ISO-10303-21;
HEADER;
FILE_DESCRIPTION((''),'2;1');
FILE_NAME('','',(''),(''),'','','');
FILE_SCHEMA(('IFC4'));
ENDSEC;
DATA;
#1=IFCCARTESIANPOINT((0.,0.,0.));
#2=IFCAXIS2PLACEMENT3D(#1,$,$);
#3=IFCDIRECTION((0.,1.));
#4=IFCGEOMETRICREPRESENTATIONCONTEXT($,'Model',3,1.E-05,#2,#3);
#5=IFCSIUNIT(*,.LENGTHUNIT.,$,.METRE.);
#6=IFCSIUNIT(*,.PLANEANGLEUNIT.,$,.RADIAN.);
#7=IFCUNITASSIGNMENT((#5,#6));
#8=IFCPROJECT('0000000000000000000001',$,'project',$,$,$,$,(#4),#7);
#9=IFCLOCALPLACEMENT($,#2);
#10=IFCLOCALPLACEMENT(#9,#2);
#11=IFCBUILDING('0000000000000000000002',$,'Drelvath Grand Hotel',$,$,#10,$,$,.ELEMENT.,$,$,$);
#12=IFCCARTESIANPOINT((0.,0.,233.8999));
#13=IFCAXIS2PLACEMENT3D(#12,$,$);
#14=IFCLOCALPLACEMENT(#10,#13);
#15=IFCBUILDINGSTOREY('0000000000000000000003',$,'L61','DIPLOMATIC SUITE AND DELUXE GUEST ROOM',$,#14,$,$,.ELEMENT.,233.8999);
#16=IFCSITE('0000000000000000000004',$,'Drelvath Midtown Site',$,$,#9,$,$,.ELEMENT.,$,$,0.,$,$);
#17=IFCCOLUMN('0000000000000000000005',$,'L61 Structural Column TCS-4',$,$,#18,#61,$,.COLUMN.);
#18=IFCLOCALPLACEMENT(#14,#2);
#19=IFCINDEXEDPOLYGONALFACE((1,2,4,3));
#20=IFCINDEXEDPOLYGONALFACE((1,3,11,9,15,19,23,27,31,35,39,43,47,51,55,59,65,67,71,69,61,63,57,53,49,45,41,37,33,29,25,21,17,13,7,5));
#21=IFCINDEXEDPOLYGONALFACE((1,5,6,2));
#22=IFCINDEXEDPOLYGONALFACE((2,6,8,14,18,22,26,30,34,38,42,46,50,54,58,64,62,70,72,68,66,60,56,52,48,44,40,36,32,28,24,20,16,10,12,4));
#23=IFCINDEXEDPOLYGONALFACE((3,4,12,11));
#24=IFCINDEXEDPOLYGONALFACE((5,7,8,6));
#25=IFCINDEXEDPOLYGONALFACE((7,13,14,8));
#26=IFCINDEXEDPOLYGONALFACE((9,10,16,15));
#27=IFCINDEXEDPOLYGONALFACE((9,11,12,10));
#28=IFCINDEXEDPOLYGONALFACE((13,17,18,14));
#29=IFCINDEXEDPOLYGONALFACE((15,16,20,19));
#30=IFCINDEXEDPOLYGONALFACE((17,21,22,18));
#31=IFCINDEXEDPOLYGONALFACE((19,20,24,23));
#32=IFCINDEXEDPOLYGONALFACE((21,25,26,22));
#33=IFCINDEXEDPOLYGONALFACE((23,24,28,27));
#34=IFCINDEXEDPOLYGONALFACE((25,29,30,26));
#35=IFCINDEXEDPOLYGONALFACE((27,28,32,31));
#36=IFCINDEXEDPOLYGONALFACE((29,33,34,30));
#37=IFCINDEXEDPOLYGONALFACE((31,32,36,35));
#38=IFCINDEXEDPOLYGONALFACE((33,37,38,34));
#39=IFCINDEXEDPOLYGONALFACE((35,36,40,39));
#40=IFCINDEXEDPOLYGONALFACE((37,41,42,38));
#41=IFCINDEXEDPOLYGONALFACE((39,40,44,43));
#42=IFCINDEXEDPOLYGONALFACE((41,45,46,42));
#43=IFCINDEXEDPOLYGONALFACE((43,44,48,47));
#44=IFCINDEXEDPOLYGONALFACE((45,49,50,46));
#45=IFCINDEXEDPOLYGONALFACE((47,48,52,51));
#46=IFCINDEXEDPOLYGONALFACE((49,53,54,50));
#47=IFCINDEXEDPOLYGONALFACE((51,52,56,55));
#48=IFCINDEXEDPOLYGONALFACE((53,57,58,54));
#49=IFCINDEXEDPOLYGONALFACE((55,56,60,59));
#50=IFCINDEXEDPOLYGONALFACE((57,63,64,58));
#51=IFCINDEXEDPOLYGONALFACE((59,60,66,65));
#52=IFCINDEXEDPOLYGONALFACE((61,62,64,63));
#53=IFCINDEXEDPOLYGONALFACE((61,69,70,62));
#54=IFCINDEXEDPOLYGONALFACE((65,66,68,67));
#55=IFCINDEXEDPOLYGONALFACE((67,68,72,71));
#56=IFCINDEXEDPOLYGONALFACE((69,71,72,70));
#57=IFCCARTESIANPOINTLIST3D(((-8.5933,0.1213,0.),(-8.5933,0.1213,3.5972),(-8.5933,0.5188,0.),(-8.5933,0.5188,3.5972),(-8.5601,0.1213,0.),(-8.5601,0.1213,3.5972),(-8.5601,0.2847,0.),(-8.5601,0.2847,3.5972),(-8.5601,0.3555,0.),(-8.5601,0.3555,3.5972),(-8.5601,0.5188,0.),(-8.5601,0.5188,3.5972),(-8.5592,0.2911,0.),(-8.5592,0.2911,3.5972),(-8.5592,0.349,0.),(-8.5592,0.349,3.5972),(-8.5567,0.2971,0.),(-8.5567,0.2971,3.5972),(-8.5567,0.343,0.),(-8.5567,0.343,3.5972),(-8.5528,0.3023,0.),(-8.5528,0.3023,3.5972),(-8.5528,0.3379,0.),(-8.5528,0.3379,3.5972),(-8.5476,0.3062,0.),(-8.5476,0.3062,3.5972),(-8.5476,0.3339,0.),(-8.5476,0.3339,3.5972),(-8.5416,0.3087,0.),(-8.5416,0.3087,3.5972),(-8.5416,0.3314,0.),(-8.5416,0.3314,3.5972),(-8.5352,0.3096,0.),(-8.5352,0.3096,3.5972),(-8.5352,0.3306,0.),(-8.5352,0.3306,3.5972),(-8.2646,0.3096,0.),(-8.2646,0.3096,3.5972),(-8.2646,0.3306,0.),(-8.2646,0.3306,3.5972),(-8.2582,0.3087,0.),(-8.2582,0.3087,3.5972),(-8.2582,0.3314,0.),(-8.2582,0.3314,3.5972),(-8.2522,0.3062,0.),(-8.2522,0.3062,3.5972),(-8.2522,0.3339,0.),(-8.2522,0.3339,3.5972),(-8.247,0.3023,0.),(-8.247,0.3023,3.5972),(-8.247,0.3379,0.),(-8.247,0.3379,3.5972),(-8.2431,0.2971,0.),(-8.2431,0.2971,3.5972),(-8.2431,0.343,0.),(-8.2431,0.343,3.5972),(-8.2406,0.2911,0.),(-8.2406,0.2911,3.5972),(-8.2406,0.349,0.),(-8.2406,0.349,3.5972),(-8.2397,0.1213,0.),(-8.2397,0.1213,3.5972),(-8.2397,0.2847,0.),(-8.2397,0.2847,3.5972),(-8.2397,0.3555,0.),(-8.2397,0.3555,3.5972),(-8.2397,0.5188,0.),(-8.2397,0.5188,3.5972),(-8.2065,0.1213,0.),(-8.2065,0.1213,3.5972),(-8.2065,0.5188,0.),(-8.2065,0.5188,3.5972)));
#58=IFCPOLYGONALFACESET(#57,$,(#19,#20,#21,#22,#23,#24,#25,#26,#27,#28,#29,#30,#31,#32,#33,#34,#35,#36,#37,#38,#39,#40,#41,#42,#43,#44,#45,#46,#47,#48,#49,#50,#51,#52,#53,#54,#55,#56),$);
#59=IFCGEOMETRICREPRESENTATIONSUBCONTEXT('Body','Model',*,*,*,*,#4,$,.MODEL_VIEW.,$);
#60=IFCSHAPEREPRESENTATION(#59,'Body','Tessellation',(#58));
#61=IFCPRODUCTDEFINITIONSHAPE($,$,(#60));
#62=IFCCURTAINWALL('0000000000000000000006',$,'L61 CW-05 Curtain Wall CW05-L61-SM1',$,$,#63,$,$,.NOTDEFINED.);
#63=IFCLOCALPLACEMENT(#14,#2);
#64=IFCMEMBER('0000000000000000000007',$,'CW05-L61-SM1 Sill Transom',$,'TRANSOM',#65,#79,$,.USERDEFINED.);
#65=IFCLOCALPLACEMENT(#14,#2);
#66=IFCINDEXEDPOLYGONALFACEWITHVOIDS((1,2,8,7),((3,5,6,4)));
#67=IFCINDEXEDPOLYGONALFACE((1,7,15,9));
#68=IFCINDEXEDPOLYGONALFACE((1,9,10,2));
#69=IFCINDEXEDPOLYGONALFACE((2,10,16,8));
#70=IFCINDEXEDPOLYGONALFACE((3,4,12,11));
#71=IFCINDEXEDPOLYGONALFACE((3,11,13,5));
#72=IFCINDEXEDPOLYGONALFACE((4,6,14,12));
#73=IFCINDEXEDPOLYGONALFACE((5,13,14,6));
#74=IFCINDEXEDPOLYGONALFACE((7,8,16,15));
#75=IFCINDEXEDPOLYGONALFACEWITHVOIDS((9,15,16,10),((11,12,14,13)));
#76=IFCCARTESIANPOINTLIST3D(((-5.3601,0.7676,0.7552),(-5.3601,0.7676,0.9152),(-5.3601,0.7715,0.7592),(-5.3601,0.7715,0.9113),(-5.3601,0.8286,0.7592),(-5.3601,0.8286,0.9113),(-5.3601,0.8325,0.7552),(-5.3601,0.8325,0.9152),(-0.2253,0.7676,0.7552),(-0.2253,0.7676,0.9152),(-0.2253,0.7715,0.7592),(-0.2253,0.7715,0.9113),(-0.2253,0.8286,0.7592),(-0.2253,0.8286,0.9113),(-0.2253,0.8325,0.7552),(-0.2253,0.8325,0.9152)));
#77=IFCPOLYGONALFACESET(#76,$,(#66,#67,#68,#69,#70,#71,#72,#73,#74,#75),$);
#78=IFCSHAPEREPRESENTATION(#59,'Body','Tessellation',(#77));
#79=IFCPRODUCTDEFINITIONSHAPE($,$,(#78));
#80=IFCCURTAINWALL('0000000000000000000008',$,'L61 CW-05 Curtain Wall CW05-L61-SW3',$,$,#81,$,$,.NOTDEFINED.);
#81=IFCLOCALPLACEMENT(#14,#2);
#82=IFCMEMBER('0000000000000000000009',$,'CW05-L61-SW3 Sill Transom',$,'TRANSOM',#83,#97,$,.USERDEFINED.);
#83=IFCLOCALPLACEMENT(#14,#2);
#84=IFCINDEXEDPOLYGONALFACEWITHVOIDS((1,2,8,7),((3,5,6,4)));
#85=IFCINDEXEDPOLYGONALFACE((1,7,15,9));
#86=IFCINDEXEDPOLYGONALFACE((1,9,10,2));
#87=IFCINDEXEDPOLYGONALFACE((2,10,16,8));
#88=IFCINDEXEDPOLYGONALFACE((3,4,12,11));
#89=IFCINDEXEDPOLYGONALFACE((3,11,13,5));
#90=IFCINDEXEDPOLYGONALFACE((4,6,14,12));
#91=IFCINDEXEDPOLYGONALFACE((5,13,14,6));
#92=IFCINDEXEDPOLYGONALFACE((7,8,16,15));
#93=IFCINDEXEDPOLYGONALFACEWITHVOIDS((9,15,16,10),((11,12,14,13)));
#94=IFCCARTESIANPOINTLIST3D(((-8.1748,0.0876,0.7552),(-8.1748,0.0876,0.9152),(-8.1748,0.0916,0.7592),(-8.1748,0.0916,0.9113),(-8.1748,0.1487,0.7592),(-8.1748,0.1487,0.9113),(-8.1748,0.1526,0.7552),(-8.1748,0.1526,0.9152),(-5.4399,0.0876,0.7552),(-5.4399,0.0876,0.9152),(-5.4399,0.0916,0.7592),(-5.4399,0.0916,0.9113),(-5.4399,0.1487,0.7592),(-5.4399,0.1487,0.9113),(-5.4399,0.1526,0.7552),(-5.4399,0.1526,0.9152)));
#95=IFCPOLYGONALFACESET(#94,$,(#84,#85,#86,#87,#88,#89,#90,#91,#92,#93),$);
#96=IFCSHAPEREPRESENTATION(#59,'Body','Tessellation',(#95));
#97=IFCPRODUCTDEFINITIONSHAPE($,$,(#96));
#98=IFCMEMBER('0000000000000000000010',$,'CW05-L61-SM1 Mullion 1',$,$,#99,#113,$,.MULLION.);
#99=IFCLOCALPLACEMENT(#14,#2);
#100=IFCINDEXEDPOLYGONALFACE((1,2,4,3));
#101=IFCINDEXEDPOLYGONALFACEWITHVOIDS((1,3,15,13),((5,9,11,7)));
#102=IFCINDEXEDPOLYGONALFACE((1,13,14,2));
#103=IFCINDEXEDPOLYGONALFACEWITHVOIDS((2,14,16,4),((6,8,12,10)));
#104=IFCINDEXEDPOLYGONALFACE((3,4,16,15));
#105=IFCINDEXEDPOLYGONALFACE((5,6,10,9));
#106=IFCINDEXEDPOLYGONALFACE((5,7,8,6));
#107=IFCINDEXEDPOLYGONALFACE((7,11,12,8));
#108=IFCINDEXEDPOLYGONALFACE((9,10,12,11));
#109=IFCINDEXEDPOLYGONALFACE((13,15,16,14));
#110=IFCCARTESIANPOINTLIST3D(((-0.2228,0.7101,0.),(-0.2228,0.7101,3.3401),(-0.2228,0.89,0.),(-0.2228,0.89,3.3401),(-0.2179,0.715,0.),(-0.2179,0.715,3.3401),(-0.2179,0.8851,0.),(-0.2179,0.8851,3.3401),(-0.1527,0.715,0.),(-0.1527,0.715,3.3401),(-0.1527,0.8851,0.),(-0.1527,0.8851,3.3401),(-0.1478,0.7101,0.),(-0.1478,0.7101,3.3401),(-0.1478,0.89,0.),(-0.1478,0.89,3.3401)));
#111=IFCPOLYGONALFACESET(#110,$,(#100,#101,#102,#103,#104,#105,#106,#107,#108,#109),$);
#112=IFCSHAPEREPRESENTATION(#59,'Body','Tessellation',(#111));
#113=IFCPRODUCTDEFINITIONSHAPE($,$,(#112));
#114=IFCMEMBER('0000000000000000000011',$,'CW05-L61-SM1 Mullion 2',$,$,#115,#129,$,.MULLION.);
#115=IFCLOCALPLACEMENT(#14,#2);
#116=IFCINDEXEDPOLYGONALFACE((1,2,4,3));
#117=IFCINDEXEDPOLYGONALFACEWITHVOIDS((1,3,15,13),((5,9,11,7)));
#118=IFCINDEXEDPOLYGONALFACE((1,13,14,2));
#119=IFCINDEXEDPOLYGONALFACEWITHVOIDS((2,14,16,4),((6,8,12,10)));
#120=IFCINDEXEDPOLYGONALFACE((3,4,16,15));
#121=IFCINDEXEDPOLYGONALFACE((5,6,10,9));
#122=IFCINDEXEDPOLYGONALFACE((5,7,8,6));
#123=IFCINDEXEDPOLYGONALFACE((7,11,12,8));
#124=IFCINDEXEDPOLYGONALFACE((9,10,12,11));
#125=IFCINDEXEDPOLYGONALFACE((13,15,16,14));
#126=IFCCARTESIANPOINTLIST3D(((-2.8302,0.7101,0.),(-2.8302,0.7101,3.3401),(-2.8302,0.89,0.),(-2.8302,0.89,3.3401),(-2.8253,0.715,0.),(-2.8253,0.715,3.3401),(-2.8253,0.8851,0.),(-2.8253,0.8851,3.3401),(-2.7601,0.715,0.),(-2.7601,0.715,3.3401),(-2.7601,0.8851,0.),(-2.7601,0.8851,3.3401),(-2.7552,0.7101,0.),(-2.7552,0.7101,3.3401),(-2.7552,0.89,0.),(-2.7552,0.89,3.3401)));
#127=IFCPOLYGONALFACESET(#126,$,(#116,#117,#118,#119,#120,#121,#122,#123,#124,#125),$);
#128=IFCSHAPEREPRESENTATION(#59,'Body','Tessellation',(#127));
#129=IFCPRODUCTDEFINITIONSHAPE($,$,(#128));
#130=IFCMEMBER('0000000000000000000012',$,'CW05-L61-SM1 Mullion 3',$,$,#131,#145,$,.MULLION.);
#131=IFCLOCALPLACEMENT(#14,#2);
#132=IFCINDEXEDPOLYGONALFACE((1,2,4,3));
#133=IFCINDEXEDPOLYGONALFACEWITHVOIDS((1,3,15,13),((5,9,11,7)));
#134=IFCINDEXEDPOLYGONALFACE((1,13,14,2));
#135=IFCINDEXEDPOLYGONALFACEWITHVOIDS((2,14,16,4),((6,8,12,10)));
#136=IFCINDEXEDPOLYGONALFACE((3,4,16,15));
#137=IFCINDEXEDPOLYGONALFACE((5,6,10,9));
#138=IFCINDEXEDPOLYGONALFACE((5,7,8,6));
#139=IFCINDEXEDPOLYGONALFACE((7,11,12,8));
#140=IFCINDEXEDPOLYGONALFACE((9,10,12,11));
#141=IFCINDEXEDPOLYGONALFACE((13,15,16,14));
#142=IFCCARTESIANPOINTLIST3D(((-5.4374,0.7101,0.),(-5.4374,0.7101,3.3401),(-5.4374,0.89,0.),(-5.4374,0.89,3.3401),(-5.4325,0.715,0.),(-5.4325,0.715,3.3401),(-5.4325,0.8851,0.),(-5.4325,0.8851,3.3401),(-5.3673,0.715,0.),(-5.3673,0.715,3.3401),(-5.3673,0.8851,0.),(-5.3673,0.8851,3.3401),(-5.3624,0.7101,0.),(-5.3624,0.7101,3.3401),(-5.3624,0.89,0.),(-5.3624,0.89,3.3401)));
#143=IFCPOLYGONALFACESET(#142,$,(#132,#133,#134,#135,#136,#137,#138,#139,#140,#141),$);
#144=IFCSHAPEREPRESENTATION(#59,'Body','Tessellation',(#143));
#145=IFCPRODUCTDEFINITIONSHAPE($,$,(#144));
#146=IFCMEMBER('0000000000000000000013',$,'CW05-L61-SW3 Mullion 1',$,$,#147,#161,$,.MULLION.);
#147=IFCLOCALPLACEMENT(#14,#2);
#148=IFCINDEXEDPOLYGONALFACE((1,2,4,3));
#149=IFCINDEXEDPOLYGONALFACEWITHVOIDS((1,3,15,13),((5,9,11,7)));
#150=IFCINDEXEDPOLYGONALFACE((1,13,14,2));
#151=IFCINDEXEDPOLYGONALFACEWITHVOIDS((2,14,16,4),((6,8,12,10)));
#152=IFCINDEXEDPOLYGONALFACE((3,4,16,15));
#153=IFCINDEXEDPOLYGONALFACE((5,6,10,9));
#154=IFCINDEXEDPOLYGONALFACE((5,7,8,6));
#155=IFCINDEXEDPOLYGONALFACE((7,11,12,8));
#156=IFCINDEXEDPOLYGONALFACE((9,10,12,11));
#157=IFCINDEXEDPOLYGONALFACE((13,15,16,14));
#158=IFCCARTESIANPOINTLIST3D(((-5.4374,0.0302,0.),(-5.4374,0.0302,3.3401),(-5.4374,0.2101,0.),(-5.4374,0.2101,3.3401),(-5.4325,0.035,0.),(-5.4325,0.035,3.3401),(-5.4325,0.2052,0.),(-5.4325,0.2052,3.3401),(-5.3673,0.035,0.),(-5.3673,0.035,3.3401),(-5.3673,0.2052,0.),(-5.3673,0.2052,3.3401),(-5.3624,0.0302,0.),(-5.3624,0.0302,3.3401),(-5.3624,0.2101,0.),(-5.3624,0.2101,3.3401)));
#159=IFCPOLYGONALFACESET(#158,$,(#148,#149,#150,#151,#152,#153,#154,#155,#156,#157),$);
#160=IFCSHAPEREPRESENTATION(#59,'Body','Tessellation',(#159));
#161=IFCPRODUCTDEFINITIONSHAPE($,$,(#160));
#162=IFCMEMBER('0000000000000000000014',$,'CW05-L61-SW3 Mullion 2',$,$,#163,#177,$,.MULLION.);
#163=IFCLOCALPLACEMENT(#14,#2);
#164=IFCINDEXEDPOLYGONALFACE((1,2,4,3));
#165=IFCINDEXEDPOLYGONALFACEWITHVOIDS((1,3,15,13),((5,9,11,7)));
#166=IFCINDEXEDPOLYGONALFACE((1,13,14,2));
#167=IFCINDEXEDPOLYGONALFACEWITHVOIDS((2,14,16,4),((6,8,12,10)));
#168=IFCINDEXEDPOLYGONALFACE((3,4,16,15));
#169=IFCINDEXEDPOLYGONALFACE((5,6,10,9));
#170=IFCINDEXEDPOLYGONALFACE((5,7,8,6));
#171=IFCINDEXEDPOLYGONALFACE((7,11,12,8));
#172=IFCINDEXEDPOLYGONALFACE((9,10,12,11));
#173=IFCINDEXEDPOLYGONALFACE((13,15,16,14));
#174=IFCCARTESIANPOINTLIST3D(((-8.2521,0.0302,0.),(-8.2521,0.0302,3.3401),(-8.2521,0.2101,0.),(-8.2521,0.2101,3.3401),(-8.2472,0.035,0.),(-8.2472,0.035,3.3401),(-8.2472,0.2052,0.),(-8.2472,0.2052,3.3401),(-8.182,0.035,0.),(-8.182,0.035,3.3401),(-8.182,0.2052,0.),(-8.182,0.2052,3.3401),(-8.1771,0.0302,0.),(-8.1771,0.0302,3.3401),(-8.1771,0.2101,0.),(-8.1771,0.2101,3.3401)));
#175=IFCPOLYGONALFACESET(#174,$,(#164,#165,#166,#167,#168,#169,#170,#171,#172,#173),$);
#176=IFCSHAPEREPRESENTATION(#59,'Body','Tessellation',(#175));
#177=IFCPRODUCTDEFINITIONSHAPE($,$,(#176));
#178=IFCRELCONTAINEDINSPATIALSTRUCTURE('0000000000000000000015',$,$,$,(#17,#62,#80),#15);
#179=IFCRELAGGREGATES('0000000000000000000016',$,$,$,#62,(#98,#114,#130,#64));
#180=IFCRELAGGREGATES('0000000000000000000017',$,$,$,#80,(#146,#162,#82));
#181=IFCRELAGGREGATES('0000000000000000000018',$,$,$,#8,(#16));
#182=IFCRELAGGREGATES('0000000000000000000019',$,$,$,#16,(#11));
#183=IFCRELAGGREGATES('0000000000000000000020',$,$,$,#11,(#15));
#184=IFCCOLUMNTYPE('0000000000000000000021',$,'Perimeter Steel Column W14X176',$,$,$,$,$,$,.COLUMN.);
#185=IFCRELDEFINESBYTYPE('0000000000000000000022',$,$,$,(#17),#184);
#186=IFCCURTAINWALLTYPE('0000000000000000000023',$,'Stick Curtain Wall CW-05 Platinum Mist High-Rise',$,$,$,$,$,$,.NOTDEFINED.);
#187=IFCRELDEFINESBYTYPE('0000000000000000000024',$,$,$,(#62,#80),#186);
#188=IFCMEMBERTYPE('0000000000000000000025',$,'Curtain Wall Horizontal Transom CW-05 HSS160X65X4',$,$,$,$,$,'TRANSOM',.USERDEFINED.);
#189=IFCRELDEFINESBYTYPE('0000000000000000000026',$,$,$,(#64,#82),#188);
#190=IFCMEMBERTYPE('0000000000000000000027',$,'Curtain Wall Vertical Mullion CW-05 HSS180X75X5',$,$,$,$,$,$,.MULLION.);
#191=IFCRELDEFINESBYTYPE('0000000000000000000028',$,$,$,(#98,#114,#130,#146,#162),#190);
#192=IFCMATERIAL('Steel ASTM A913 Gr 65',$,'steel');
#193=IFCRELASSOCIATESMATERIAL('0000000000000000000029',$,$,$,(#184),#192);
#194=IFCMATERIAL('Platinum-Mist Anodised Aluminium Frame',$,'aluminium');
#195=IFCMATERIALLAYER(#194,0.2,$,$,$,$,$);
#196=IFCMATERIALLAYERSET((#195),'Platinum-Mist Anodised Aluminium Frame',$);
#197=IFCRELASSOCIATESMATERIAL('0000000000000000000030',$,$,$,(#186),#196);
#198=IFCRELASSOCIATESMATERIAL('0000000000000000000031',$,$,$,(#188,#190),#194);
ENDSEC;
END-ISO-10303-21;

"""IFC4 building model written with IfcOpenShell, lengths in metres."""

from ifc_helpers import new_model, si_unit, direction, frame, origin, origin_2d, place, context, subcontext, project, spatial, hollow_rectangle, i_section, extrude, material, layer, layer_set, material_profile, profile_set, type_object, element, aggregate, save


model = new_model("IFC4")

# Units and contexts
model_context = context("Model", 3, precision=1e-05, world=origin(), true_north=direction((0.0, 1.0)))
body_context = subcontext(model_context, "Body", "Model", "MODEL_VIEW")
ifc_project = project(units=[si_unit("LENGTHUNIT", "METRE"), si_unit("PLANEANGLEUNIT", "RADIAN")], contexts=[model_context])

# Site, building, storey
site_placement = place(None, origin())
site = spatial("IfcSite", under=ifc_project, at=site_placement, Name="Drelvath Midtown Site", CompositionType="ELEMENT", RefElevation=0.0)
building_placement = place(site_placement, origin())
building = spatial("IfcBuilding", under=site, at=building_placement, Name="Drelvath Grand Hotel", CompositionType="ELEMENT")
storey_placement = place(building_placement, frame((0.0, 0.0, 233.8999)))
storey = spatial("IfcBuildingStorey", under=building, at=storey_placement, Name="L61", Description="DIPLOMATIC SUITE AND DELUXE GUEST ROOM", CompositionType="ELEMENT", Elevation=233.8999)

# Column
ifc_material_1 = material(Name="Steel ASTM A913 Gr 65", Category="steel")
ifc_material_profile_1 = material_profile(ifc_material_1, i_section(OverallWidth=0.3975, OverallDepth=0.3867, WebThickness=0.021, FlangeThickness=0.0332, FilletRadius=0.0249, at=origin_2d()), Name="W14X176")
ifc_profile_set_1 = profile_set([ifc_material_profile_1], Name="Steel ASTM A913 Gr 65")
column_type = type_object("IfcColumnType", Name="Perimeter Steel Column W14X176", PredefinedType="COLUMN", material=ifc_profile_set_1)
column_placement = place(storey_placement, frame((-8.3999, 0.3201, 0.0), z_axis=(0.0, 0.0, 1.0), x_axis=(0.0, 1.0, 0.0)))
element("IfcColumn", 1, at=column_placement, inside=storey, type_object=column_type, Name="L61 Structural Column TCS-4", PredefinedType="COLUMN", context=body_context, shape_type="SweptSolid", body=[
    extrude(i_section(OverallWidth=0.3975, OverallDepth=0.3867, WebThickness=0.021, FlangeThickness=0.0332, FilletRadius=0.0249, at=origin_2d()), origin(), (0.0, 0.0, 1.0), 3.5972),
])

# Curtain walls, members
ifc_material_2 = material(Name="Platinum-Mist Anodised Aluminium Frame", Category="aluminium")
ifc_layer_1 = layer(ifc_material_2, 0.2)
ifc_layer_set_1 = layer_set([ifc_layer_1], Name="Platinum-Mist Anodised Aluminium Frame")
curtain_wall_type = type_object("IfcCurtainWallType", Name="Stick Curtain Wall CW-05 Platinum Mist High-Rise", PredefinedType="NOTDEFINED", material=ifc_layer_set_1)
curtain_wall_1_placement = place(storey_placement, origin())
curtain_wall_1 = element("IfcCurtainWall", 2, at=curtain_wall_1_placement, inside=storey, type_object=curtain_wall_type, Name="L61 CW-05 Curtain Wall CW05-L61-SM1", PredefinedType="NOTDEFINED")
ifc_material_profile_2 = material_profile(ifc_material_2, hollow_rectangle(XDim=0.0649, YDim=0.1599, WallThickness=0.0039, at=origin_2d()), Name="HSS160X65X4")
ifc_profile_set_2 = profile_set([ifc_material_profile_2], Name="Platinum-Mist Anodised Aluminium Frame")
member_type_1 = type_object("IfcMemberType", Name="Curtain Wall Horizontal Transom CW-05 HSS160X65X4", ElementType="TRANSOM", PredefinedType="USERDEFINED", material=ifc_profile_set_2)
member_1_placement = place(storey_placement, frame((-0.2253, 0.8, 0.8352), z_axis=(-1.0, 0.0, 0.0), x_axis=(0.0, -1.0, 0.0)))
member_1 = element("IfcMember", 3, at=member_1_placement, type_object=member_type_1, Name="CW05-L61-SM1 Sill Transom", ObjectType="TRANSOM", PredefinedType="USERDEFINED", context=body_context, shape_type="SweptSolid", body=[
    extrude(hollow_rectangle(XDim=0.0649, YDim=0.1599, WallThickness=0.0039, at=origin_2d()), origin(), (0.0, 0.0, 1.0), 5.1348),
])
curtain_wall_2_placement = place(storey_placement, origin())
curtain_wall_2 = element("IfcCurtainWall", 4, at=curtain_wall_2_placement, inside=storey, type_object=curtain_wall_type, Name="L61 CW-05 Curtain Wall CW05-L61-SW3", PredefinedType="NOTDEFINED")
member_2_placement = place(storey_placement, frame((-5.4399, 0.1201, 0.8352), z_axis=(-1.0, 0.0, 0.0), x_axis=(0.0, -1.0, 0.0)))
member_2 = element("IfcMember", 5, at=member_2_placement, type_object=member_type_1, Name="CW05-L61-SW3 Sill Transom", ObjectType="TRANSOM", PredefinedType="USERDEFINED", context=body_context, shape_type="SweptSolid", body=[
    extrude(hollow_rectangle(XDim=0.0649, YDim=0.1599, WallThickness=0.0039, at=origin_2d()), origin(), (0.0, 0.0, 1.0), 2.7349),
])

# Members
ifc_material_profile_3 = material_profile(ifc_material_2, hollow_rectangle(XDim=0.075, YDim=0.1799, WallThickness=0.0049, at=origin_2d()), Name="HSS180X75X5")
ifc_profile_set_3 = profile_set([ifc_material_profile_3], Name="Platinum-Mist Anodised Aluminium Frame")
member_type_2 = type_object("IfcMemberType", Name="Curtain Wall Vertical Mullion CW-05 HSS180X75X5", PredefinedType="MULLION", material=ifc_profile_set_3)
member_3_placement = place(storey_placement, frame((-0.1853, 0.8, 0.0), z_axis=(0.0, 0.0, 1.0), x_axis=(1.0, 0.0, 0.0)))
member_3 = element("IfcMember", 6, at=member_3_placement, type_object=member_type_2, Name="CW05-L61-SM1 Mullion 1", PredefinedType="MULLION", context=body_context, shape_type="SweptSolid", body=[
    extrude(hollow_rectangle(XDim=0.075, YDim=0.1799, WallThickness=0.0049, at=origin_2d()), origin(), (0.0, 0.0, 1.0), 3.3401),
])
member_4_placement = place(storey_placement, frame((-2.7927, 0.8, 0.0), z_axis=(0.0, 0.0, 1.0), x_axis=(1.0, 0.0, 0.0)))
member_4 = element("IfcMember", 7, at=member_4_placement, type_object=member_type_2, Name="CW05-L61-SM1 Mullion 2", PredefinedType="MULLION", context=body_context, shape_type="SweptSolid", body=[
    extrude(hollow_rectangle(XDim=0.075, YDim=0.1799, WallThickness=0.0049, at=origin_2d()), origin(), (0.0, 0.0, 1.0), 3.3401),
])
member_5_placement = place(storey_placement, frame((-5.3999, 0.8, 0.0), z_axis=(0.0, 0.0, 1.0), x_axis=(1.0, 0.0, 0.0)))
member_5 = element("IfcMember", 8, at=member_5_placement, type_object=member_type_2, Name="CW05-L61-SM1 Mullion 3", PredefinedType="MULLION", context=body_context, shape_type="SweptSolid", body=[
    extrude(hollow_rectangle(XDim=0.075, YDim=0.1799, WallThickness=0.0049, at=origin_2d()), origin(), (0.0, 0.0, 1.0), 3.3401),
])
member_6_placement = place(storey_placement, frame((-5.3999, 0.1201, 0.0), z_axis=(0.0, 0.0, 1.0), x_axis=(1.0, 0.0, 0.0)))
member_6 = element("IfcMember", 9, at=member_6_placement, type_object=member_type_2, Name="CW05-L61-SW3 Mullion 1", PredefinedType="MULLION", context=body_context, shape_type="SweptSolid", body=[
    extrude(hollow_rectangle(XDim=0.075, YDim=0.1799, WallThickness=0.0049, at=origin_2d()), origin(), (0.0, 0.0, 1.0), 3.3401),
])
member_7_placement = place(storey_placement, frame((-8.2146, 0.1201, 0.0), z_axis=(0.0, 0.0, 1.0), x_axis=(1.0, 0.0, 0.0)))
member_7 = element("IfcMember", 10, at=member_7_placement, type_object=member_type_2, Name="CW05-L61-SW3 Mullion 2", PredefinedType="MULLION", context=body_context, shape_type="SweptSolid", body=[
    extrude(hollow_rectangle(XDim=0.075, YDim=0.1799, WallThickness=0.0049, at=origin_2d()), origin(), (0.0, 0.0, 1.0), 3.3401),
])

aggregate(curtain_wall_1, [member_3, member_4, member_5, member_1])
aggregate(curtain_wall_2, [member_6, member_7, member_2])

save(model, "model.ifc")
